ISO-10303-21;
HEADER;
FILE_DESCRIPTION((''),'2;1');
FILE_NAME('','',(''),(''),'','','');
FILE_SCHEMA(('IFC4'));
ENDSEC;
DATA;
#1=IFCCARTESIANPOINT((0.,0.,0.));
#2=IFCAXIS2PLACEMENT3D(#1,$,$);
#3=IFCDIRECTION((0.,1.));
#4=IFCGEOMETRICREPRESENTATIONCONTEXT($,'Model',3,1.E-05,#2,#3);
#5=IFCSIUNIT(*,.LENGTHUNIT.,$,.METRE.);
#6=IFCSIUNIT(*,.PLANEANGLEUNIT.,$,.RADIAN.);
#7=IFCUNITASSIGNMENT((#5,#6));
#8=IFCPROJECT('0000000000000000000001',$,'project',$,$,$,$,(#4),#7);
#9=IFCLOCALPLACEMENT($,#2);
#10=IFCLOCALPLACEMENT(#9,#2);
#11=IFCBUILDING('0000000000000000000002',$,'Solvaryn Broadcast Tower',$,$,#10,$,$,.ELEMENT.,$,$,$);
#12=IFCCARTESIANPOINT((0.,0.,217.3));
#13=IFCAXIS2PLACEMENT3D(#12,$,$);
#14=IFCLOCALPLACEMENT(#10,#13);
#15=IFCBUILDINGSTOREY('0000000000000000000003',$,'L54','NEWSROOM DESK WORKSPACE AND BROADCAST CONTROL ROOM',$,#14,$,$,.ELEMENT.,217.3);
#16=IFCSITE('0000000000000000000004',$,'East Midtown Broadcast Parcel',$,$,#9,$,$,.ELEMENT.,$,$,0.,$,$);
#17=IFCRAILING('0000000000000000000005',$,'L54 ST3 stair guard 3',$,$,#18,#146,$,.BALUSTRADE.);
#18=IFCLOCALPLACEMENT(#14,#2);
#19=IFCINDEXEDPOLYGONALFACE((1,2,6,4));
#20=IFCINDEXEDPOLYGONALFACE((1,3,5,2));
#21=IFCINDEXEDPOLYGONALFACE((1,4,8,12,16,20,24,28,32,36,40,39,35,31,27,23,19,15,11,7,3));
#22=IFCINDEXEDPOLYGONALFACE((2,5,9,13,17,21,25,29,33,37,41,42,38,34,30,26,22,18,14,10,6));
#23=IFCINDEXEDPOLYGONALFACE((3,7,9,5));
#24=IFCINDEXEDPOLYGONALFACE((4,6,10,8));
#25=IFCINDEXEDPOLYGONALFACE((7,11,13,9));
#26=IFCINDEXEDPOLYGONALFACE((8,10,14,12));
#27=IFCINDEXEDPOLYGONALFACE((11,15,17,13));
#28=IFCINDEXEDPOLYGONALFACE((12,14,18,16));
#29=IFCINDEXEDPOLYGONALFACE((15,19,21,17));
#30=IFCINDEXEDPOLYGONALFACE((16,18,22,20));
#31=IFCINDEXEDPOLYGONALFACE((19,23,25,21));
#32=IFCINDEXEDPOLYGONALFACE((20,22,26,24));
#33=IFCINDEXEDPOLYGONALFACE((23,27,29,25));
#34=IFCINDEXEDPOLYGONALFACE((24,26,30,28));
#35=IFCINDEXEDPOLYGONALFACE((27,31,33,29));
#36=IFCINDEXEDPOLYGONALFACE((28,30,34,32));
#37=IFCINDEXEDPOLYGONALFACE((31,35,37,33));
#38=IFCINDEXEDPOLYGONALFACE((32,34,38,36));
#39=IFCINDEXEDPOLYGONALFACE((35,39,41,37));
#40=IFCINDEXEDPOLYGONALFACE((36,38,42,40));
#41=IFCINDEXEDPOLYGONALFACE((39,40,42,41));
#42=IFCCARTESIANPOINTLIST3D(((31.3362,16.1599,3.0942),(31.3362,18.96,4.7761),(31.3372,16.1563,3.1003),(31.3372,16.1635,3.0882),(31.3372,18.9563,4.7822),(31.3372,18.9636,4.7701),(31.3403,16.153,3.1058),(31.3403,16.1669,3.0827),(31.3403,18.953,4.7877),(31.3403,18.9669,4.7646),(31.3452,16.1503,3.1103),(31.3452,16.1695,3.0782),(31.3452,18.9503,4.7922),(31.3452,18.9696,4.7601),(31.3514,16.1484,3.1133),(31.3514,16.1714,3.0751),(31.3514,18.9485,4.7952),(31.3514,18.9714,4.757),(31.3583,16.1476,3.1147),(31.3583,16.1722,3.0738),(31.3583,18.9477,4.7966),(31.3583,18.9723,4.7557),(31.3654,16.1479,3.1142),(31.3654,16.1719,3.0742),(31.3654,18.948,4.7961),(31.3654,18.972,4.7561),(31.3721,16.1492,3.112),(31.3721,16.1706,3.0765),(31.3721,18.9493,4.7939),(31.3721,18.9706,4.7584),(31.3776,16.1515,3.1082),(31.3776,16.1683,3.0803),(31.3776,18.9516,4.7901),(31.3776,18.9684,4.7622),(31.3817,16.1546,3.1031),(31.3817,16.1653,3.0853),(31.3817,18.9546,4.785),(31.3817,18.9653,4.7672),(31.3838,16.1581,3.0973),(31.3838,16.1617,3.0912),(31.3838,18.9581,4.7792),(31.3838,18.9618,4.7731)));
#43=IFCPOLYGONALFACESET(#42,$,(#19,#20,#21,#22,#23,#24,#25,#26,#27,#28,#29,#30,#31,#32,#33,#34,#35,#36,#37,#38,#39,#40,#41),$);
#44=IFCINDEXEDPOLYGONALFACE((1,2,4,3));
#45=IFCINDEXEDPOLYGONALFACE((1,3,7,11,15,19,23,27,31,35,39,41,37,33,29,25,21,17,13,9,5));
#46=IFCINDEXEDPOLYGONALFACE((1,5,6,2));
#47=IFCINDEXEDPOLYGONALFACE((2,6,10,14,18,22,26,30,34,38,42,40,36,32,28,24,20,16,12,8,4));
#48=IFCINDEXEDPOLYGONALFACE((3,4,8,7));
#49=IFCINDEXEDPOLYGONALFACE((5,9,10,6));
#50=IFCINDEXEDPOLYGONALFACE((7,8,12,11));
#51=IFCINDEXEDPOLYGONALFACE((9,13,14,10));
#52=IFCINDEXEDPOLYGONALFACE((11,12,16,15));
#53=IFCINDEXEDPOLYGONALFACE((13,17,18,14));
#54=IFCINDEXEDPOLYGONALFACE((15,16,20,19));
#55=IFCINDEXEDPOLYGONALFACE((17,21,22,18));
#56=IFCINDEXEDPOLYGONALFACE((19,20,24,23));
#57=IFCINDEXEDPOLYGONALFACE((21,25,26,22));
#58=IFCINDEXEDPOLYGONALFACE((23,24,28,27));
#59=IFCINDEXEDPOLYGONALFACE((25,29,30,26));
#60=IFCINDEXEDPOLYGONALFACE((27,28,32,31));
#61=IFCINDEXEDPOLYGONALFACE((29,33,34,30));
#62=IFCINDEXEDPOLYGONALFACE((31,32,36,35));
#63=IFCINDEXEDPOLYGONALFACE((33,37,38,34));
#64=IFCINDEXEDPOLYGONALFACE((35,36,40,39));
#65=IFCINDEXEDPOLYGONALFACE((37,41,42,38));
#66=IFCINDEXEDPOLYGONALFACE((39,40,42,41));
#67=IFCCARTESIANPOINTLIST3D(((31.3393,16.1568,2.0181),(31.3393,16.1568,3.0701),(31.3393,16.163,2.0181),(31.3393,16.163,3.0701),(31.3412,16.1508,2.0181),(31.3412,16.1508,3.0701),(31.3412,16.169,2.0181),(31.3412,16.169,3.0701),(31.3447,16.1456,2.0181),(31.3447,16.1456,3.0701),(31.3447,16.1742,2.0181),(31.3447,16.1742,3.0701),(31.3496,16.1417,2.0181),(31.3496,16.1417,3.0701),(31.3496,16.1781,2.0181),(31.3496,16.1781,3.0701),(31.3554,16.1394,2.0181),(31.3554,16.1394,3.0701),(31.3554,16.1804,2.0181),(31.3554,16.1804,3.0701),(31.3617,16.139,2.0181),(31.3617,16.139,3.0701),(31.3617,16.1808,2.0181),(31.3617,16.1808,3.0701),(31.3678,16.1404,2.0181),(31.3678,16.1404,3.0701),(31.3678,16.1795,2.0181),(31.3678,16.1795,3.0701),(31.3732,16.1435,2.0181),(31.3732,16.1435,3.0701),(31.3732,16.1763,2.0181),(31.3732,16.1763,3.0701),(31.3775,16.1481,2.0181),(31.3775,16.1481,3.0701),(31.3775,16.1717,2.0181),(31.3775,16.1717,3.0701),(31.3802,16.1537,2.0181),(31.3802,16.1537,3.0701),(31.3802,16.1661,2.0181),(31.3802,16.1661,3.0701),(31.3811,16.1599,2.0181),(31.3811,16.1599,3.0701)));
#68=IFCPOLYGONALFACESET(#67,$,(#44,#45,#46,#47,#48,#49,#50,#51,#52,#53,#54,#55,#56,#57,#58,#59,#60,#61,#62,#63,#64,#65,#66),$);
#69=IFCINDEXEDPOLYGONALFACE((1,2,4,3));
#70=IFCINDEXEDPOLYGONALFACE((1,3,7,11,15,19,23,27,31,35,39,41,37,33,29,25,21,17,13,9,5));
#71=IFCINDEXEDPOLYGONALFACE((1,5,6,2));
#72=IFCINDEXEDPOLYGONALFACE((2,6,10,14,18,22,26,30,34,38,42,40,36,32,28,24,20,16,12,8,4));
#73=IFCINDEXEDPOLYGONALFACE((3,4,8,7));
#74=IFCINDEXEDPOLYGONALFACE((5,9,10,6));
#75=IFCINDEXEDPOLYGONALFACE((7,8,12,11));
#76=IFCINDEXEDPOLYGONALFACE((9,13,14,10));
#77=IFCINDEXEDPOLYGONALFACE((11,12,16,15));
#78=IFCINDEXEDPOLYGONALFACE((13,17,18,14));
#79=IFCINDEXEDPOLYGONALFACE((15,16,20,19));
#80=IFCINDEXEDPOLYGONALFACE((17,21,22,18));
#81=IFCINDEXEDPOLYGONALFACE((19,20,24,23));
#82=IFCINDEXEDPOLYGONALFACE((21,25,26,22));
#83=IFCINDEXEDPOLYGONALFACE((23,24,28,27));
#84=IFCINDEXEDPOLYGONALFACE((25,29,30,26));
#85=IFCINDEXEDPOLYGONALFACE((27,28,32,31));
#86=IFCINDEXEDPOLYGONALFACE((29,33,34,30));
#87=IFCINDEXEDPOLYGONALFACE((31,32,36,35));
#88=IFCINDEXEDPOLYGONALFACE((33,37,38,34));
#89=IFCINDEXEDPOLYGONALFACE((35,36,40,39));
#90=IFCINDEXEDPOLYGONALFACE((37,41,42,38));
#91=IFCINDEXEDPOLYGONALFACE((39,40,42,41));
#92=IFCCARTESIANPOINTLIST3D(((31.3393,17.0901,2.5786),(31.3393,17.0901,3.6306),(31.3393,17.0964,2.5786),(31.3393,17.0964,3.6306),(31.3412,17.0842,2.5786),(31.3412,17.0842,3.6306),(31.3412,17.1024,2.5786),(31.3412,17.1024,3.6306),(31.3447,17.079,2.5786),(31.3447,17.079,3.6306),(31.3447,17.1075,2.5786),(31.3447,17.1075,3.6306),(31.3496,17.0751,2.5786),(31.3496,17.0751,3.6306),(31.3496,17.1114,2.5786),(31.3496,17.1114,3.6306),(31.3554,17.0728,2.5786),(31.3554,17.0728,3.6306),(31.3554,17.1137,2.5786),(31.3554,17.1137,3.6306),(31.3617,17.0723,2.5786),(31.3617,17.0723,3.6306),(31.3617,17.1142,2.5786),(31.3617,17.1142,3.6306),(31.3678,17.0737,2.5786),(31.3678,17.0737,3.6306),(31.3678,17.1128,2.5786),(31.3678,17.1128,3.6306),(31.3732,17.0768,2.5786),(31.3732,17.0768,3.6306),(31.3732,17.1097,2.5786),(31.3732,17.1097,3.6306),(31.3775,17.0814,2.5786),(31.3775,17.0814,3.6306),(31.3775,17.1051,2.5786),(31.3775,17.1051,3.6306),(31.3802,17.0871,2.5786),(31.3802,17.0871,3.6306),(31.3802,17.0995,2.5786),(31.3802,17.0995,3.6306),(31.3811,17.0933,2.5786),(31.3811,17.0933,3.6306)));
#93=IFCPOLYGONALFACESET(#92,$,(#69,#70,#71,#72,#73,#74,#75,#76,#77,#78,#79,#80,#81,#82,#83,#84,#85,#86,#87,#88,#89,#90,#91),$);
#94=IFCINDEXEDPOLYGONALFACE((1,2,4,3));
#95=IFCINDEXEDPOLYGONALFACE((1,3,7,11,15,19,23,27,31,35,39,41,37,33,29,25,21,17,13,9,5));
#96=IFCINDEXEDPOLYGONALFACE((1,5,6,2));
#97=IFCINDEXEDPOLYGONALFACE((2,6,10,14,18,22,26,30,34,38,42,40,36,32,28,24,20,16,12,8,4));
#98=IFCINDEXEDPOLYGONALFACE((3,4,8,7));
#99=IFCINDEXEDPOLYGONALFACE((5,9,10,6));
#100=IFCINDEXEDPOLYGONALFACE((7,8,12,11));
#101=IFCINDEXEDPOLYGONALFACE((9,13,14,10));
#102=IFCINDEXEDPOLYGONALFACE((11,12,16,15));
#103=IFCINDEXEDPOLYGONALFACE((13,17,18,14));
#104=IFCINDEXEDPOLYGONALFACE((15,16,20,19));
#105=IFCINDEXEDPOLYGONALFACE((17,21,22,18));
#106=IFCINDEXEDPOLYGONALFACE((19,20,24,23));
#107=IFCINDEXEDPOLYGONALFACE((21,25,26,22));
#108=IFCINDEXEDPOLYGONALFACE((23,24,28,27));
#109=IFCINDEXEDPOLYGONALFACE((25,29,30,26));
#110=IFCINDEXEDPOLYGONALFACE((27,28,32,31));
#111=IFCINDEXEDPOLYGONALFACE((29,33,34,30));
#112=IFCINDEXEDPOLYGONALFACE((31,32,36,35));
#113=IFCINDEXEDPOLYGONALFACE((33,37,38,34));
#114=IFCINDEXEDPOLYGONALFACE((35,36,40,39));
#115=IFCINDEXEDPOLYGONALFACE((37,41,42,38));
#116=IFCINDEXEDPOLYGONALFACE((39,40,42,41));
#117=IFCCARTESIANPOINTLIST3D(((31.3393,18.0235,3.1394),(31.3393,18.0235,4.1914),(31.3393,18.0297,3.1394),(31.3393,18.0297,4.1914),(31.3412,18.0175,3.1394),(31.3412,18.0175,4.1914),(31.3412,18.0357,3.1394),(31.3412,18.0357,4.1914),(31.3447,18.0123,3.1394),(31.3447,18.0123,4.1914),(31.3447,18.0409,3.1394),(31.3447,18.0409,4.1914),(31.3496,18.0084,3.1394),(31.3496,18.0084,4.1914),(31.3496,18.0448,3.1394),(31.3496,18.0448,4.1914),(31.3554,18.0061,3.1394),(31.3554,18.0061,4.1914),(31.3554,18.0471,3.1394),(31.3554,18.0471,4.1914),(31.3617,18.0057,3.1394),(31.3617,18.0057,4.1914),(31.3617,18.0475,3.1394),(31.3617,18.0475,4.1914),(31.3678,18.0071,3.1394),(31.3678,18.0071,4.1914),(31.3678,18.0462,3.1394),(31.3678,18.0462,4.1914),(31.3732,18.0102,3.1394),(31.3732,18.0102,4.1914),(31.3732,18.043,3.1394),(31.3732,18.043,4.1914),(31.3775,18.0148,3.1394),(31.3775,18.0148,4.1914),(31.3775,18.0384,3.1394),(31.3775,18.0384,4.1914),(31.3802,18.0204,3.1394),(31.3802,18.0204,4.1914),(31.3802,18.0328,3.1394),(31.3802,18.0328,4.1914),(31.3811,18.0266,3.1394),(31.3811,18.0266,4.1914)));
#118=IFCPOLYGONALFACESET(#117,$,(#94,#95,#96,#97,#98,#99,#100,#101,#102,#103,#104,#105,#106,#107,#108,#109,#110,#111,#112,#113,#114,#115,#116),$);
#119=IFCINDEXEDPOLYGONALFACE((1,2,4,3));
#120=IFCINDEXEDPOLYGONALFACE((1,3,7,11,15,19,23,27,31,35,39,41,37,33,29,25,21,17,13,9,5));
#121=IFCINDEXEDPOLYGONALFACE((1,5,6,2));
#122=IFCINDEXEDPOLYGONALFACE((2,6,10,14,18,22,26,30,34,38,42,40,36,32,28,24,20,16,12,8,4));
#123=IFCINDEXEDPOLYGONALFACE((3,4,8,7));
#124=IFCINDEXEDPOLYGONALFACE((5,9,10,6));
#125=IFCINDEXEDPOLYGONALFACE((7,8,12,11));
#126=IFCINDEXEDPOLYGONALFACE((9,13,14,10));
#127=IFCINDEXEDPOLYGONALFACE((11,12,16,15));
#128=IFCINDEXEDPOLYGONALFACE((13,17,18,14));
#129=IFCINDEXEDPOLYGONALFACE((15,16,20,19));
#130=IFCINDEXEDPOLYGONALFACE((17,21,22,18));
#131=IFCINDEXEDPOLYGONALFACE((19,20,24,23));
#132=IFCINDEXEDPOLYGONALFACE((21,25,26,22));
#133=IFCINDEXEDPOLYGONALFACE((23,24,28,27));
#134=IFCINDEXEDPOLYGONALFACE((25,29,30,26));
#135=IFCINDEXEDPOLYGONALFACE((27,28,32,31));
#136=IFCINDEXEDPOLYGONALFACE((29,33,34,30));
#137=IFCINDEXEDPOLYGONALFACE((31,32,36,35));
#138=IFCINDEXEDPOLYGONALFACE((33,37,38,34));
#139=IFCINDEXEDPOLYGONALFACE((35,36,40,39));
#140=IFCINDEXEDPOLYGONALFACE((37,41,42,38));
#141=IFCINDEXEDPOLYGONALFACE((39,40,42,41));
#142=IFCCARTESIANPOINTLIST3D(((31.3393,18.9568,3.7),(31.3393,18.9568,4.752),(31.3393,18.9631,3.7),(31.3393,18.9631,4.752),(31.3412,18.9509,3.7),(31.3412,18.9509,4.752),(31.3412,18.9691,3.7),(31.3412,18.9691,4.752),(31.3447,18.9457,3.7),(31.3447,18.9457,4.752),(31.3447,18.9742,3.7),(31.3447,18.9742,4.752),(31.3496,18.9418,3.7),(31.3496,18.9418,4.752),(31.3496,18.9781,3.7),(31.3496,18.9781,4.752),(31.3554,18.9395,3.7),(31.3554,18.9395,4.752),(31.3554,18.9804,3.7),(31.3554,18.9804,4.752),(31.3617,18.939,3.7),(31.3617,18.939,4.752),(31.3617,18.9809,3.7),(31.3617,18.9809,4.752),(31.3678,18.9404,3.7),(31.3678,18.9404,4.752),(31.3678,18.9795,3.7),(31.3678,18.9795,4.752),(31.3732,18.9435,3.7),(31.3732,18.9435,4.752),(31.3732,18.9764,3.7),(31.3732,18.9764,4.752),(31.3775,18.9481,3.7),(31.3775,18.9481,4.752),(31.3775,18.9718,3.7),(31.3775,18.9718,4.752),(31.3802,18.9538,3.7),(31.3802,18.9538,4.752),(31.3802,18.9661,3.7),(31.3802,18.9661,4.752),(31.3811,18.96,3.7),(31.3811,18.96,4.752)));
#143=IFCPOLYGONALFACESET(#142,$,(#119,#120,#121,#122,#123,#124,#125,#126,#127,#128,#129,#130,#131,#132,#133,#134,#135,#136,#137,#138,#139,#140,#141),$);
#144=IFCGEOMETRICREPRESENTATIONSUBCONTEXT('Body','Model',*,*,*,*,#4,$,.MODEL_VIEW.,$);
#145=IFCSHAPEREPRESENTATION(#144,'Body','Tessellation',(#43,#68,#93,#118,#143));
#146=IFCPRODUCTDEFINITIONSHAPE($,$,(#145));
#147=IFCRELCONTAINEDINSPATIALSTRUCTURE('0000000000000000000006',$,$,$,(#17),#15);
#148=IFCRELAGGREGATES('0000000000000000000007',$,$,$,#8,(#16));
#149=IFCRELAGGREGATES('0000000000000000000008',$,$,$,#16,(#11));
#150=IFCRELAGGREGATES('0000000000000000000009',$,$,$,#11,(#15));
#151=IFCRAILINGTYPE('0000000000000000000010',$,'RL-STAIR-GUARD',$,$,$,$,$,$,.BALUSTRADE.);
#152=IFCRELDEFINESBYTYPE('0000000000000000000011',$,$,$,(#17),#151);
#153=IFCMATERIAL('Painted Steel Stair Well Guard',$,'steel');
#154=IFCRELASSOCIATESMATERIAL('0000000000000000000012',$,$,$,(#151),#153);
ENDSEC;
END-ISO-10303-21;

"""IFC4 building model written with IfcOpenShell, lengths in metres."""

from ifc_helpers import new_model, si_unit, direction, frame, origin, origin_2d, place, context, subcontext, project, spatial, circle, extrude, material, type_object, element, save


model = new_model("IFC4")

# Units and contexts
model_context = context("Model", 3, precision=1e-05, world=origin(), true_north=direction((0.0, 1.0)))
body_context = subcontext(model_context, "Body", "Model", "MODEL_VIEW")
ifc_project = project(units=[si_unit("LENGTHUNIT", "METRE"), si_unit("PLANEANGLEUNIT", "RADIAN")], contexts=[model_context])

# Site, building, storey
site_placement = place(None, origin())
site = spatial("IfcSite", under=ifc_project, at=site_placement, Name="East Midtown Broadcast Parcel", CompositionType="ELEMENT", RefElevation=0.0)
building_placement = place(site_placement, origin())
building = spatial("IfcBuilding", under=site, at=building_placement, Name="Solvaryn Broadcast Tower", CompositionType="ELEMENT")
storey_placement = place(building_placement, frame((0.0, 0.0, 217.3)))
storey = spatial("IfcBuildingStorey", under=building, at=storey_placement, Name="L54", Description="NEWSROOM DESK WORKSPACE AND BROADCAST CONTROL ROOM", CompositionType="ELEMENT", Elevation=217.3)

# Railing
ifc_material_1 = material(Name="Painted Steel Stair Well Guard", Category="steel")
railing_type_1 = type_object("IfcRailingType", Name="RL-STAIR-GUARD", PredefinedType="BALUSTRADE", material=ifc_material_1)
railing_1_placement = place(storey_placement, frame((31.3601, 16.1599, 2.0181)))
element("IfcRailing", 1, at=railing_1_placement, inside=storey, type_object=railing_type_1, Name="L54 ST3 stair guard 3", PredefinedType="BALUSTRADE", context=body_context, shape_type="SweptSolid", body=[
    extrude(circle(Radius=0.0239, at=origin_2d()), frame((0.0, 0.0, 1.0762), z_axis=(0.0, 0.857242, 0.514913), x_axis=(-1.0, 0.0, 0.0)), (0.0, 0.0, 1.0), 3.2664),
    extrude(circle(Radius=0.021, at=origin_2d()), origin(), (0.0, 0.0, 1.0), 1.052),
    extrude(circle(Radius=0.021, at=origin_2d()), frame((0.0, 0.9333, 0.5605)), (0.0, 0.0, 1.0), 1.052),
    extrude(circle(Radius=0.021, at=origin_2d()), frame((0.0, 1.8667, 1.1213)), (0.0, 0.0, 1.0), 1.052),
    extrude(circle(Radius=0.021, at=origin_2d()), frame((0.0, 2.8, 1.6819)), (0.0, 0.0, 1.0), 1.052),
])

save(model, "model.ifc")
